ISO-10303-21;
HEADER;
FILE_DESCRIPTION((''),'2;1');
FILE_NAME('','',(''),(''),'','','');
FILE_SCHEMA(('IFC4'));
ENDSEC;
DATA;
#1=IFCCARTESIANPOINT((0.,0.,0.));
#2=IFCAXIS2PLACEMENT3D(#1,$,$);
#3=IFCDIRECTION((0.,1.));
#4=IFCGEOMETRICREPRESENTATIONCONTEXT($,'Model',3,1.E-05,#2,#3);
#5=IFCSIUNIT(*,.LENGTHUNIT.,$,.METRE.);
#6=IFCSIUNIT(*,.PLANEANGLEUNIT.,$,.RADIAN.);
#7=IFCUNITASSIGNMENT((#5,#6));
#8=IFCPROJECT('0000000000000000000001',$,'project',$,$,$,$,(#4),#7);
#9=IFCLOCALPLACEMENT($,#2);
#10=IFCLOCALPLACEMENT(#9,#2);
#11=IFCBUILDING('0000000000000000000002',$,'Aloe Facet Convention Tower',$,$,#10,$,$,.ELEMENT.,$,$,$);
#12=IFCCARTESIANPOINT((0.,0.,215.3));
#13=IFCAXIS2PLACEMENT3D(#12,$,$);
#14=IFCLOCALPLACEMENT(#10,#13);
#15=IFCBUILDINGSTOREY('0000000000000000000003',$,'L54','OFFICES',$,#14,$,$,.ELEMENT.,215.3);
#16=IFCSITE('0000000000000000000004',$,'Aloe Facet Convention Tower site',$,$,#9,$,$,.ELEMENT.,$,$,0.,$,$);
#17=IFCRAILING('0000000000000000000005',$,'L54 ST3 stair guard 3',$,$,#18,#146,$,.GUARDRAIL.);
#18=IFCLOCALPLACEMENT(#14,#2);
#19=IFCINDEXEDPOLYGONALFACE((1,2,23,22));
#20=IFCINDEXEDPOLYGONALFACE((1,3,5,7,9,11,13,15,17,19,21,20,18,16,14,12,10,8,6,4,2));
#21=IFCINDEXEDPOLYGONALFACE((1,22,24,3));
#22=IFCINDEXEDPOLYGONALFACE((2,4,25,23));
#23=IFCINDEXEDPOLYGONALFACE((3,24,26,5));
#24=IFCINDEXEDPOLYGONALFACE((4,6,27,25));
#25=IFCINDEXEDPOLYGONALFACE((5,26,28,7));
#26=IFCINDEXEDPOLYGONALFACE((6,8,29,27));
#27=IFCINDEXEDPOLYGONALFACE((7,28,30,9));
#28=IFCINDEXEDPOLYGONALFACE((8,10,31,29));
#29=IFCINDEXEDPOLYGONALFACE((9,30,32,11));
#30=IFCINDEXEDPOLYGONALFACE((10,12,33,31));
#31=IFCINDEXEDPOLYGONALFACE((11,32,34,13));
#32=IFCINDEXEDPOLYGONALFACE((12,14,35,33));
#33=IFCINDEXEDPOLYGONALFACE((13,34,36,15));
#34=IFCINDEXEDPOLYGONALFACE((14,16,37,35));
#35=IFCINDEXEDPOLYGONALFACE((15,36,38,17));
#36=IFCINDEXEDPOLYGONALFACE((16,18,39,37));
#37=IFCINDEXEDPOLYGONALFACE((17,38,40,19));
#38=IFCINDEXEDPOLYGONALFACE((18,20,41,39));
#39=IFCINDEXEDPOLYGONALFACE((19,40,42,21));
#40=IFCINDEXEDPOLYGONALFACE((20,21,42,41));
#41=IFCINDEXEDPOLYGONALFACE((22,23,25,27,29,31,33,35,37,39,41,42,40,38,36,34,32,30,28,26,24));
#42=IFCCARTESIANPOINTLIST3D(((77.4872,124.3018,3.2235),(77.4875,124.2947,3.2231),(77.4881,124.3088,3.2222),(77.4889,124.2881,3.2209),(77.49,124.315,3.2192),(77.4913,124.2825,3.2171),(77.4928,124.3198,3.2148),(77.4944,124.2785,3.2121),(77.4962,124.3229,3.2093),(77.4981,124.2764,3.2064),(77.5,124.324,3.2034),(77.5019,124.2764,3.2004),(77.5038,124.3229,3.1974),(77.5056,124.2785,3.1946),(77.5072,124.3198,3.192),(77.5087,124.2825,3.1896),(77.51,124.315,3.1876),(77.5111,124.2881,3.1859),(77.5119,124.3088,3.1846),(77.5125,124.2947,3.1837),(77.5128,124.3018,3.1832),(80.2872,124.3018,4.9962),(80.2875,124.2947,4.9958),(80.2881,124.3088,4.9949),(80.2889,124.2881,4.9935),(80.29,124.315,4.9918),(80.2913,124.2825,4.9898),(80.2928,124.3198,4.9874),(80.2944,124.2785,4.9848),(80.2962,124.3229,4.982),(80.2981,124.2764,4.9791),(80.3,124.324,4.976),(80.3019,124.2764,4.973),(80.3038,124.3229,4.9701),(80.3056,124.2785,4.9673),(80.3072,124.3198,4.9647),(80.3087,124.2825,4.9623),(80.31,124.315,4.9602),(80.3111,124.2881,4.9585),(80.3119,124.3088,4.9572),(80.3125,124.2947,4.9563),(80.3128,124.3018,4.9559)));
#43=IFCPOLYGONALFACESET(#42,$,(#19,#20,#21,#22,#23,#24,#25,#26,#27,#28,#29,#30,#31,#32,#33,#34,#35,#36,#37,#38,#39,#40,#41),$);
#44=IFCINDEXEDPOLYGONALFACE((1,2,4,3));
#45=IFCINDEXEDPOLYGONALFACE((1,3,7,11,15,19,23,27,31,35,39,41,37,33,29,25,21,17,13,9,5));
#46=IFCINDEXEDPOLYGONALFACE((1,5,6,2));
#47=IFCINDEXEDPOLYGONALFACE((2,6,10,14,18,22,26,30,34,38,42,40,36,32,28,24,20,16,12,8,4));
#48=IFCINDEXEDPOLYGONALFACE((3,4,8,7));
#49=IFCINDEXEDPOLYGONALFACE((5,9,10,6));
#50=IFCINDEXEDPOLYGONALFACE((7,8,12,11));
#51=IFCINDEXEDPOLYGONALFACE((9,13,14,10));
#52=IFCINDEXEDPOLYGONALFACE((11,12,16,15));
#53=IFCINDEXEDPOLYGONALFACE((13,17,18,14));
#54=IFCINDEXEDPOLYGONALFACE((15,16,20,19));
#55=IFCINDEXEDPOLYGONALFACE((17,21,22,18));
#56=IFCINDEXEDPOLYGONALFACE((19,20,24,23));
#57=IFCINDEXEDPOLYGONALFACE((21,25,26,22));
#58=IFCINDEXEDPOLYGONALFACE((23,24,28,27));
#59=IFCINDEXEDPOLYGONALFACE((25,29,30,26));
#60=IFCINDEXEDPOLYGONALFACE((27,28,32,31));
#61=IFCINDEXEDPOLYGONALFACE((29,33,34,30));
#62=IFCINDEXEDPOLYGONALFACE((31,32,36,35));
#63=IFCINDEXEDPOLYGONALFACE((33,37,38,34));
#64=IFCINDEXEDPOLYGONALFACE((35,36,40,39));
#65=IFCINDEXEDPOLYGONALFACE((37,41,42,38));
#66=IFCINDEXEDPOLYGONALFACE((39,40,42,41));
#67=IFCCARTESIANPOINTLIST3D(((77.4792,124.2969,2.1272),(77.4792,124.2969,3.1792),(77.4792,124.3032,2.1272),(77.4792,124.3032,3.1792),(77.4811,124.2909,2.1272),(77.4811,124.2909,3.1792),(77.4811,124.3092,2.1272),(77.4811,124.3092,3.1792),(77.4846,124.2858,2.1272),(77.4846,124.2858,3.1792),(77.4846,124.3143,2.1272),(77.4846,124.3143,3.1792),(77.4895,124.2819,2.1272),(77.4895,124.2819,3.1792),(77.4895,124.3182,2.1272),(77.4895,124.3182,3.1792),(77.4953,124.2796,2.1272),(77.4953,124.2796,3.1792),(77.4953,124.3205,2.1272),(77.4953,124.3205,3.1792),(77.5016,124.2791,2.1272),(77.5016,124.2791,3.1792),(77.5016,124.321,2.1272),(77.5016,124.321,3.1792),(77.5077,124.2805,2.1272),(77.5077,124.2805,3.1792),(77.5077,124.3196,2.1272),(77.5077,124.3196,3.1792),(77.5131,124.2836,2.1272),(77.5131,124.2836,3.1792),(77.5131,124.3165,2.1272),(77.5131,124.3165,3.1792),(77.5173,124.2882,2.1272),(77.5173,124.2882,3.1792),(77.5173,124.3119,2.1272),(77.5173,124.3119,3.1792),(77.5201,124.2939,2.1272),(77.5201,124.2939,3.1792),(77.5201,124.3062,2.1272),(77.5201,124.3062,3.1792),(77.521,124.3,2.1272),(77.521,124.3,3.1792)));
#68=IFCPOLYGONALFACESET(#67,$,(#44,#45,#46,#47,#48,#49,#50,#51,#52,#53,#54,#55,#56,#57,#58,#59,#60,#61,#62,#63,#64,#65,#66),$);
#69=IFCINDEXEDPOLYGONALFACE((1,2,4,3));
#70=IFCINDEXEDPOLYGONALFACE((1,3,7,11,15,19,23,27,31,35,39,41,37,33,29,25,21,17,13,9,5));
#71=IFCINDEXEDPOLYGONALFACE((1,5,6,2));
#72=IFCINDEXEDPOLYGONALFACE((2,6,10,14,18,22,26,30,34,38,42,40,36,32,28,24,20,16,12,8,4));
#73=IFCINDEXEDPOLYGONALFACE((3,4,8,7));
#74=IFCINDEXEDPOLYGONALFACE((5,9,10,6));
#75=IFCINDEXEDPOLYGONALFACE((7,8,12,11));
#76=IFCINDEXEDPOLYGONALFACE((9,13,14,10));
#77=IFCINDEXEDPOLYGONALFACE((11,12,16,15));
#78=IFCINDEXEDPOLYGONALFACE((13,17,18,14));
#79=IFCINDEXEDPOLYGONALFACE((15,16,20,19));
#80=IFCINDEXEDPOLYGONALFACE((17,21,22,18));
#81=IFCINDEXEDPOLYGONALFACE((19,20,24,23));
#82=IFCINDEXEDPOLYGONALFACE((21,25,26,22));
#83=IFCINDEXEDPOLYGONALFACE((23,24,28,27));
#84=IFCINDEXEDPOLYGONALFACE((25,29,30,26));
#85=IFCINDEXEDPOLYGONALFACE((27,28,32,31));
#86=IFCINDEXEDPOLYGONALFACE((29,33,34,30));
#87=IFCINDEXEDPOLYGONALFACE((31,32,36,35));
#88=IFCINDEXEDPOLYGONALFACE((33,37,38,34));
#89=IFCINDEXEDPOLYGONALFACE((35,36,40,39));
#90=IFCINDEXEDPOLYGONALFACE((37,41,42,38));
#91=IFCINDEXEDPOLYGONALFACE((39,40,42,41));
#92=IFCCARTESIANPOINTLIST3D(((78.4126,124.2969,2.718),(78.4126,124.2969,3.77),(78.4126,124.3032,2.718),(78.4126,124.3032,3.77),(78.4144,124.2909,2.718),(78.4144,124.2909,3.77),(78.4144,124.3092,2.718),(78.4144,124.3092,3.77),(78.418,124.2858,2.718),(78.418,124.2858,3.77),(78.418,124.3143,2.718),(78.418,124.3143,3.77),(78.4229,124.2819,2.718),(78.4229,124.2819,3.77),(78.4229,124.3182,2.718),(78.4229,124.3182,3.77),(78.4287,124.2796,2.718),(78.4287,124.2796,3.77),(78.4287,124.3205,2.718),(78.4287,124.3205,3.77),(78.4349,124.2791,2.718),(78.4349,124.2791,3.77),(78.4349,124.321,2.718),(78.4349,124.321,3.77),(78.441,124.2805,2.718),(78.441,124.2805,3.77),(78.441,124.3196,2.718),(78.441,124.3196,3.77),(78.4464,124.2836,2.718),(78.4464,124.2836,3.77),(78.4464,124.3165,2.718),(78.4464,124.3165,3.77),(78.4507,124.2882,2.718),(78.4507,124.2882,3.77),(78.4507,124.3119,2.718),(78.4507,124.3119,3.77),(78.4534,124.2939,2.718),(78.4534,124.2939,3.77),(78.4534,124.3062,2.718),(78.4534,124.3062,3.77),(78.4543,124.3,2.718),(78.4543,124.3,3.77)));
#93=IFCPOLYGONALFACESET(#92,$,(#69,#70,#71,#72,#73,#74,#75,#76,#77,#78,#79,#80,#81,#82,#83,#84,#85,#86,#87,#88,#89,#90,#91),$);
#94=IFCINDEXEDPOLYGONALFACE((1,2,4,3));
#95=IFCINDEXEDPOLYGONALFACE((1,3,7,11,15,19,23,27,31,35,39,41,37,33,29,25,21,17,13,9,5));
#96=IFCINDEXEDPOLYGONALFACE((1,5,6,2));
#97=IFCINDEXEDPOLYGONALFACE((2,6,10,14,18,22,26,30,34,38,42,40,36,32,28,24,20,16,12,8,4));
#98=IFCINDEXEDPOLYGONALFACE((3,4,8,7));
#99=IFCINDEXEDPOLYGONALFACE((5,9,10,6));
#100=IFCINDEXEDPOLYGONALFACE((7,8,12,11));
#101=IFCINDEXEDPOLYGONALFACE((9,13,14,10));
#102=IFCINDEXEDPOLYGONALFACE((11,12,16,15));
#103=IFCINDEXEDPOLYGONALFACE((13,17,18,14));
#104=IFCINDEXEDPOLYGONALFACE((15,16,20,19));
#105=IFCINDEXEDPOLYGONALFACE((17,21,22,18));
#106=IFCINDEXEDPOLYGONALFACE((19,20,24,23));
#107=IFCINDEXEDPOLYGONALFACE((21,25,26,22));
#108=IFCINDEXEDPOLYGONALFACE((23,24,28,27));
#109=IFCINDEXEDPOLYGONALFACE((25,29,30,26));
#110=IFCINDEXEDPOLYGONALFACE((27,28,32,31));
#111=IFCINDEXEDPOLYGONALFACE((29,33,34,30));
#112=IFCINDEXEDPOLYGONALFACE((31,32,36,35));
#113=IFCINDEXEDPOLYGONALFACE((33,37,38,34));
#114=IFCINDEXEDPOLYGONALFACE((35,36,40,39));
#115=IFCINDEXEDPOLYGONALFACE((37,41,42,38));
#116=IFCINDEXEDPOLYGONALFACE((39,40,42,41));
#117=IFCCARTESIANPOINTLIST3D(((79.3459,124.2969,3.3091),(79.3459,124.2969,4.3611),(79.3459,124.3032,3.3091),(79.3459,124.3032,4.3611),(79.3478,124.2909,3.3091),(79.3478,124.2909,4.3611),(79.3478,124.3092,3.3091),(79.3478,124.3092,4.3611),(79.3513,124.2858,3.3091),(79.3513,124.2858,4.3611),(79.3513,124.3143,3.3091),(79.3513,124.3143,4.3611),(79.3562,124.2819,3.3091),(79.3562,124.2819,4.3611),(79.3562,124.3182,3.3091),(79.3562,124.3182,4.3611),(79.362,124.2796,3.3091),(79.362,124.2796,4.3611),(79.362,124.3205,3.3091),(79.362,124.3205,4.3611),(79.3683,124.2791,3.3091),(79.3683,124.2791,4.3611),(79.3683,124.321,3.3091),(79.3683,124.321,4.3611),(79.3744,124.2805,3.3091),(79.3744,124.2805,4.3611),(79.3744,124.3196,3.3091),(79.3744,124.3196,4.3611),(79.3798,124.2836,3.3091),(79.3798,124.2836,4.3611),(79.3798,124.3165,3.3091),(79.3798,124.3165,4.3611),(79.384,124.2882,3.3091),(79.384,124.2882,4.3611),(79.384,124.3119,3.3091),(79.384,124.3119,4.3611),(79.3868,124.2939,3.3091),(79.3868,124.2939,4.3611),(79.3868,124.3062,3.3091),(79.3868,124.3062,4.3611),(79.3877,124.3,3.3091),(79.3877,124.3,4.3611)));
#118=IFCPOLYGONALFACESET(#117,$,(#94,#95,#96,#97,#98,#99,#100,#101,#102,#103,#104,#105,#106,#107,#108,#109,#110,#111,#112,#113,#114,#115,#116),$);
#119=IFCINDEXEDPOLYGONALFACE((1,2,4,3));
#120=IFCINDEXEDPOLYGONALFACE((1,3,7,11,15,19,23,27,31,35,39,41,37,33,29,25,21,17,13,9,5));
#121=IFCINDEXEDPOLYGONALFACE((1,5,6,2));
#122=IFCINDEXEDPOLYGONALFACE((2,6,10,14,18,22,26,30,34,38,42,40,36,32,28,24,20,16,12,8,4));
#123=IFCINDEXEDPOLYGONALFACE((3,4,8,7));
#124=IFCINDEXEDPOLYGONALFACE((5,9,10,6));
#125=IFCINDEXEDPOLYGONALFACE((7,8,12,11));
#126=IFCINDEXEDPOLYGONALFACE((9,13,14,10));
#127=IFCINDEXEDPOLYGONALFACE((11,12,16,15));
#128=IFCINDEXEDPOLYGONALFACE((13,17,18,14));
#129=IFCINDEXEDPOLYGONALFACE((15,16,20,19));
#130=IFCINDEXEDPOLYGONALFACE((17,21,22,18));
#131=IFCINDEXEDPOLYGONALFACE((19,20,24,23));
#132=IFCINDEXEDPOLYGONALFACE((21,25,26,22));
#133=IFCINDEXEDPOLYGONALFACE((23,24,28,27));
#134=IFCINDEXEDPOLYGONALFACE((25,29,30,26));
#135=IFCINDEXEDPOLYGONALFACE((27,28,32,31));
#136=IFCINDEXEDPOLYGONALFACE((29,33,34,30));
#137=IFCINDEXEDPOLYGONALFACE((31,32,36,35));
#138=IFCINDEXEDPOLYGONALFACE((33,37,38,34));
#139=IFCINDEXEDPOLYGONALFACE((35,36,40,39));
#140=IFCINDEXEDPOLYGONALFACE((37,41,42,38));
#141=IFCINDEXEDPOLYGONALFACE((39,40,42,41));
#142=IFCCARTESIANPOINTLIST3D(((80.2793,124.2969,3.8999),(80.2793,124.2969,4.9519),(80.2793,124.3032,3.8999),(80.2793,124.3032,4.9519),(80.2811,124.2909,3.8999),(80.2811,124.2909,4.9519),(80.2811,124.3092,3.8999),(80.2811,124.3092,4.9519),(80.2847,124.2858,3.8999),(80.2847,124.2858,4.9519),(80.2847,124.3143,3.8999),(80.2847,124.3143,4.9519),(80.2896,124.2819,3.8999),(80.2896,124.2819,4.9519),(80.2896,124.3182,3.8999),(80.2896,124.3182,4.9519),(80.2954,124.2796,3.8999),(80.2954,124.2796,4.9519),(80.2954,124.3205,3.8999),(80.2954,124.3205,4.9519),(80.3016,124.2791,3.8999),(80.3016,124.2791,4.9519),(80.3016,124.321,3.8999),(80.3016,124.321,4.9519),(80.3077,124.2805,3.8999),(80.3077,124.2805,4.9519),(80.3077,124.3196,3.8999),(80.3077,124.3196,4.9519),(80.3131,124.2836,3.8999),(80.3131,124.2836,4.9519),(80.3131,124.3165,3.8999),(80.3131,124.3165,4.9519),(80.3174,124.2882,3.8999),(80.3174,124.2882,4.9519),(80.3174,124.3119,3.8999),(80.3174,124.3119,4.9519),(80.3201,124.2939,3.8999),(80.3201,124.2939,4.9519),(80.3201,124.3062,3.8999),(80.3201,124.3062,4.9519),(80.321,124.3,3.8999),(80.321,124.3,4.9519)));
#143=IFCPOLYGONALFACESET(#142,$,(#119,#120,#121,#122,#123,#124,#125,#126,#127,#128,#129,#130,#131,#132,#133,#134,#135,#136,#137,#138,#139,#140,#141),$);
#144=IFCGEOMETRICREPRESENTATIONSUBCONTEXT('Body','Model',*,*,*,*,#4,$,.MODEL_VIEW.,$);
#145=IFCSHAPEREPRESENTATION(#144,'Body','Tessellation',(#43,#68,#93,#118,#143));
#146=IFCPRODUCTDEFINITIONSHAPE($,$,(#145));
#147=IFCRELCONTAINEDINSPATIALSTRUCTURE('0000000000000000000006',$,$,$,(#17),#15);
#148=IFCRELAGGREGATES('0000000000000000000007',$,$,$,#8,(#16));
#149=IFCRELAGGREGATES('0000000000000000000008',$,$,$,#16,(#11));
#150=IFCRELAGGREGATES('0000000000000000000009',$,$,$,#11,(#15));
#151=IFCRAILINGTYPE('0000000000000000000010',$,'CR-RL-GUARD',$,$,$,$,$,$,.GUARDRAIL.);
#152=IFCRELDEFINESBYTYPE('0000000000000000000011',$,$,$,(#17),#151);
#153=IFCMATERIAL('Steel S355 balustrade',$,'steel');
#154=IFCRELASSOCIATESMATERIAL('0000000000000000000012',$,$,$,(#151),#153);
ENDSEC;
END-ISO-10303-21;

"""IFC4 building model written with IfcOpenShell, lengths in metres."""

from ifc_helpers import new_model, si_unit, direction, frame, origin, origin_2d, place, context, subcontext, project, spatial, circle, extrude, material, type_object, element, save


model = new_model("IFC4")

# Units and contexts
model_context = context("Model", 3, precision=1e-05, world=origin(), true_north=direction((0.0, 1.0)))
body_context = subcontext(model_context, "Body", "Model", "MODEL_VIEW")
ifc_project = project(units=[si_unit("LENGTHUNIT", "METRE"), si_unit("PLANEANGLEUNIT", "RADIAN")], contexts=[model_context])

# Site, building, storey
site_placement = place(None, origin())
site = spatial("IfcSite", under=ifc_project, at=site_placement, Name="Aloe Facet Convention Tower site", CompositionType="ELEMENT", RefElevation=0.0)
building_placement = place(site_placement, origin())
building = spatial("IfcBuilding", under=site, at=building_placement, Name="Aloe Facet Convention Tower", CompositionType="ELEMENT")
storey_placement = place(building_placement, frame((0.0, 0.0, 215.3)))
storey = spatial("IfcBuildingStorey", under=building, at=storey_placement, Name="L54", Description="OFFICES", CompositionType="ELEMENT", Elevation=215.3)

# Railing
ifc_material_1 = material(Name="Steel S355 balustrade", Category="steel")
railing_type_1 = type_object("IfcRailingType", Name="CR-RL-GUARD", PredefinedType="GUARDRAIL", material=ifc_material_1)
railing_1_placement = place(storey_placement, frame((77.5, 124.3, 2.1272)))
element("IfcRailing", 1, at=railing_1_placement, inside=storey, type_object=railing_type_1, Name="L54 ST3 stair guard 3", PredefinedType="GUARDRAIL", context=body_context, shape_type="SweptSolid", body=[
    extrude(circle(Radius=0.0239, at=origin_2d()), frame((0.0, 0.0, 1.0762), z_axis=(0.844909, 0.0, 0.53491), x_axis=(0.0, 1.0, 0.0)), (0.0, 0.0, 1.0), 3.314),
    extrude(circle(Radius=0.021, at=origin_2d()), origin(), (0.0, 0.0, 1.0), 1.052),
    extrude(circle(Radius=0.021, at=origin_2d()), frame((0.9333, 0.0, 0.5908)), (0.0, 0.0, 1.0), 1.052),
    extrude(circle(Radius=0.021, at=origin_2d()), frame((1.8667, 0.0, 1.1819)), (0.0, 0.0, 1.0), 1.052),
    extrude(circle(Radius=0.021, at=origin_2d()), frame((2.8, 0.0, 1.7727)), (0.0, 0.0, 1.0), 1.052),
])

save(model, "model.ifc")
